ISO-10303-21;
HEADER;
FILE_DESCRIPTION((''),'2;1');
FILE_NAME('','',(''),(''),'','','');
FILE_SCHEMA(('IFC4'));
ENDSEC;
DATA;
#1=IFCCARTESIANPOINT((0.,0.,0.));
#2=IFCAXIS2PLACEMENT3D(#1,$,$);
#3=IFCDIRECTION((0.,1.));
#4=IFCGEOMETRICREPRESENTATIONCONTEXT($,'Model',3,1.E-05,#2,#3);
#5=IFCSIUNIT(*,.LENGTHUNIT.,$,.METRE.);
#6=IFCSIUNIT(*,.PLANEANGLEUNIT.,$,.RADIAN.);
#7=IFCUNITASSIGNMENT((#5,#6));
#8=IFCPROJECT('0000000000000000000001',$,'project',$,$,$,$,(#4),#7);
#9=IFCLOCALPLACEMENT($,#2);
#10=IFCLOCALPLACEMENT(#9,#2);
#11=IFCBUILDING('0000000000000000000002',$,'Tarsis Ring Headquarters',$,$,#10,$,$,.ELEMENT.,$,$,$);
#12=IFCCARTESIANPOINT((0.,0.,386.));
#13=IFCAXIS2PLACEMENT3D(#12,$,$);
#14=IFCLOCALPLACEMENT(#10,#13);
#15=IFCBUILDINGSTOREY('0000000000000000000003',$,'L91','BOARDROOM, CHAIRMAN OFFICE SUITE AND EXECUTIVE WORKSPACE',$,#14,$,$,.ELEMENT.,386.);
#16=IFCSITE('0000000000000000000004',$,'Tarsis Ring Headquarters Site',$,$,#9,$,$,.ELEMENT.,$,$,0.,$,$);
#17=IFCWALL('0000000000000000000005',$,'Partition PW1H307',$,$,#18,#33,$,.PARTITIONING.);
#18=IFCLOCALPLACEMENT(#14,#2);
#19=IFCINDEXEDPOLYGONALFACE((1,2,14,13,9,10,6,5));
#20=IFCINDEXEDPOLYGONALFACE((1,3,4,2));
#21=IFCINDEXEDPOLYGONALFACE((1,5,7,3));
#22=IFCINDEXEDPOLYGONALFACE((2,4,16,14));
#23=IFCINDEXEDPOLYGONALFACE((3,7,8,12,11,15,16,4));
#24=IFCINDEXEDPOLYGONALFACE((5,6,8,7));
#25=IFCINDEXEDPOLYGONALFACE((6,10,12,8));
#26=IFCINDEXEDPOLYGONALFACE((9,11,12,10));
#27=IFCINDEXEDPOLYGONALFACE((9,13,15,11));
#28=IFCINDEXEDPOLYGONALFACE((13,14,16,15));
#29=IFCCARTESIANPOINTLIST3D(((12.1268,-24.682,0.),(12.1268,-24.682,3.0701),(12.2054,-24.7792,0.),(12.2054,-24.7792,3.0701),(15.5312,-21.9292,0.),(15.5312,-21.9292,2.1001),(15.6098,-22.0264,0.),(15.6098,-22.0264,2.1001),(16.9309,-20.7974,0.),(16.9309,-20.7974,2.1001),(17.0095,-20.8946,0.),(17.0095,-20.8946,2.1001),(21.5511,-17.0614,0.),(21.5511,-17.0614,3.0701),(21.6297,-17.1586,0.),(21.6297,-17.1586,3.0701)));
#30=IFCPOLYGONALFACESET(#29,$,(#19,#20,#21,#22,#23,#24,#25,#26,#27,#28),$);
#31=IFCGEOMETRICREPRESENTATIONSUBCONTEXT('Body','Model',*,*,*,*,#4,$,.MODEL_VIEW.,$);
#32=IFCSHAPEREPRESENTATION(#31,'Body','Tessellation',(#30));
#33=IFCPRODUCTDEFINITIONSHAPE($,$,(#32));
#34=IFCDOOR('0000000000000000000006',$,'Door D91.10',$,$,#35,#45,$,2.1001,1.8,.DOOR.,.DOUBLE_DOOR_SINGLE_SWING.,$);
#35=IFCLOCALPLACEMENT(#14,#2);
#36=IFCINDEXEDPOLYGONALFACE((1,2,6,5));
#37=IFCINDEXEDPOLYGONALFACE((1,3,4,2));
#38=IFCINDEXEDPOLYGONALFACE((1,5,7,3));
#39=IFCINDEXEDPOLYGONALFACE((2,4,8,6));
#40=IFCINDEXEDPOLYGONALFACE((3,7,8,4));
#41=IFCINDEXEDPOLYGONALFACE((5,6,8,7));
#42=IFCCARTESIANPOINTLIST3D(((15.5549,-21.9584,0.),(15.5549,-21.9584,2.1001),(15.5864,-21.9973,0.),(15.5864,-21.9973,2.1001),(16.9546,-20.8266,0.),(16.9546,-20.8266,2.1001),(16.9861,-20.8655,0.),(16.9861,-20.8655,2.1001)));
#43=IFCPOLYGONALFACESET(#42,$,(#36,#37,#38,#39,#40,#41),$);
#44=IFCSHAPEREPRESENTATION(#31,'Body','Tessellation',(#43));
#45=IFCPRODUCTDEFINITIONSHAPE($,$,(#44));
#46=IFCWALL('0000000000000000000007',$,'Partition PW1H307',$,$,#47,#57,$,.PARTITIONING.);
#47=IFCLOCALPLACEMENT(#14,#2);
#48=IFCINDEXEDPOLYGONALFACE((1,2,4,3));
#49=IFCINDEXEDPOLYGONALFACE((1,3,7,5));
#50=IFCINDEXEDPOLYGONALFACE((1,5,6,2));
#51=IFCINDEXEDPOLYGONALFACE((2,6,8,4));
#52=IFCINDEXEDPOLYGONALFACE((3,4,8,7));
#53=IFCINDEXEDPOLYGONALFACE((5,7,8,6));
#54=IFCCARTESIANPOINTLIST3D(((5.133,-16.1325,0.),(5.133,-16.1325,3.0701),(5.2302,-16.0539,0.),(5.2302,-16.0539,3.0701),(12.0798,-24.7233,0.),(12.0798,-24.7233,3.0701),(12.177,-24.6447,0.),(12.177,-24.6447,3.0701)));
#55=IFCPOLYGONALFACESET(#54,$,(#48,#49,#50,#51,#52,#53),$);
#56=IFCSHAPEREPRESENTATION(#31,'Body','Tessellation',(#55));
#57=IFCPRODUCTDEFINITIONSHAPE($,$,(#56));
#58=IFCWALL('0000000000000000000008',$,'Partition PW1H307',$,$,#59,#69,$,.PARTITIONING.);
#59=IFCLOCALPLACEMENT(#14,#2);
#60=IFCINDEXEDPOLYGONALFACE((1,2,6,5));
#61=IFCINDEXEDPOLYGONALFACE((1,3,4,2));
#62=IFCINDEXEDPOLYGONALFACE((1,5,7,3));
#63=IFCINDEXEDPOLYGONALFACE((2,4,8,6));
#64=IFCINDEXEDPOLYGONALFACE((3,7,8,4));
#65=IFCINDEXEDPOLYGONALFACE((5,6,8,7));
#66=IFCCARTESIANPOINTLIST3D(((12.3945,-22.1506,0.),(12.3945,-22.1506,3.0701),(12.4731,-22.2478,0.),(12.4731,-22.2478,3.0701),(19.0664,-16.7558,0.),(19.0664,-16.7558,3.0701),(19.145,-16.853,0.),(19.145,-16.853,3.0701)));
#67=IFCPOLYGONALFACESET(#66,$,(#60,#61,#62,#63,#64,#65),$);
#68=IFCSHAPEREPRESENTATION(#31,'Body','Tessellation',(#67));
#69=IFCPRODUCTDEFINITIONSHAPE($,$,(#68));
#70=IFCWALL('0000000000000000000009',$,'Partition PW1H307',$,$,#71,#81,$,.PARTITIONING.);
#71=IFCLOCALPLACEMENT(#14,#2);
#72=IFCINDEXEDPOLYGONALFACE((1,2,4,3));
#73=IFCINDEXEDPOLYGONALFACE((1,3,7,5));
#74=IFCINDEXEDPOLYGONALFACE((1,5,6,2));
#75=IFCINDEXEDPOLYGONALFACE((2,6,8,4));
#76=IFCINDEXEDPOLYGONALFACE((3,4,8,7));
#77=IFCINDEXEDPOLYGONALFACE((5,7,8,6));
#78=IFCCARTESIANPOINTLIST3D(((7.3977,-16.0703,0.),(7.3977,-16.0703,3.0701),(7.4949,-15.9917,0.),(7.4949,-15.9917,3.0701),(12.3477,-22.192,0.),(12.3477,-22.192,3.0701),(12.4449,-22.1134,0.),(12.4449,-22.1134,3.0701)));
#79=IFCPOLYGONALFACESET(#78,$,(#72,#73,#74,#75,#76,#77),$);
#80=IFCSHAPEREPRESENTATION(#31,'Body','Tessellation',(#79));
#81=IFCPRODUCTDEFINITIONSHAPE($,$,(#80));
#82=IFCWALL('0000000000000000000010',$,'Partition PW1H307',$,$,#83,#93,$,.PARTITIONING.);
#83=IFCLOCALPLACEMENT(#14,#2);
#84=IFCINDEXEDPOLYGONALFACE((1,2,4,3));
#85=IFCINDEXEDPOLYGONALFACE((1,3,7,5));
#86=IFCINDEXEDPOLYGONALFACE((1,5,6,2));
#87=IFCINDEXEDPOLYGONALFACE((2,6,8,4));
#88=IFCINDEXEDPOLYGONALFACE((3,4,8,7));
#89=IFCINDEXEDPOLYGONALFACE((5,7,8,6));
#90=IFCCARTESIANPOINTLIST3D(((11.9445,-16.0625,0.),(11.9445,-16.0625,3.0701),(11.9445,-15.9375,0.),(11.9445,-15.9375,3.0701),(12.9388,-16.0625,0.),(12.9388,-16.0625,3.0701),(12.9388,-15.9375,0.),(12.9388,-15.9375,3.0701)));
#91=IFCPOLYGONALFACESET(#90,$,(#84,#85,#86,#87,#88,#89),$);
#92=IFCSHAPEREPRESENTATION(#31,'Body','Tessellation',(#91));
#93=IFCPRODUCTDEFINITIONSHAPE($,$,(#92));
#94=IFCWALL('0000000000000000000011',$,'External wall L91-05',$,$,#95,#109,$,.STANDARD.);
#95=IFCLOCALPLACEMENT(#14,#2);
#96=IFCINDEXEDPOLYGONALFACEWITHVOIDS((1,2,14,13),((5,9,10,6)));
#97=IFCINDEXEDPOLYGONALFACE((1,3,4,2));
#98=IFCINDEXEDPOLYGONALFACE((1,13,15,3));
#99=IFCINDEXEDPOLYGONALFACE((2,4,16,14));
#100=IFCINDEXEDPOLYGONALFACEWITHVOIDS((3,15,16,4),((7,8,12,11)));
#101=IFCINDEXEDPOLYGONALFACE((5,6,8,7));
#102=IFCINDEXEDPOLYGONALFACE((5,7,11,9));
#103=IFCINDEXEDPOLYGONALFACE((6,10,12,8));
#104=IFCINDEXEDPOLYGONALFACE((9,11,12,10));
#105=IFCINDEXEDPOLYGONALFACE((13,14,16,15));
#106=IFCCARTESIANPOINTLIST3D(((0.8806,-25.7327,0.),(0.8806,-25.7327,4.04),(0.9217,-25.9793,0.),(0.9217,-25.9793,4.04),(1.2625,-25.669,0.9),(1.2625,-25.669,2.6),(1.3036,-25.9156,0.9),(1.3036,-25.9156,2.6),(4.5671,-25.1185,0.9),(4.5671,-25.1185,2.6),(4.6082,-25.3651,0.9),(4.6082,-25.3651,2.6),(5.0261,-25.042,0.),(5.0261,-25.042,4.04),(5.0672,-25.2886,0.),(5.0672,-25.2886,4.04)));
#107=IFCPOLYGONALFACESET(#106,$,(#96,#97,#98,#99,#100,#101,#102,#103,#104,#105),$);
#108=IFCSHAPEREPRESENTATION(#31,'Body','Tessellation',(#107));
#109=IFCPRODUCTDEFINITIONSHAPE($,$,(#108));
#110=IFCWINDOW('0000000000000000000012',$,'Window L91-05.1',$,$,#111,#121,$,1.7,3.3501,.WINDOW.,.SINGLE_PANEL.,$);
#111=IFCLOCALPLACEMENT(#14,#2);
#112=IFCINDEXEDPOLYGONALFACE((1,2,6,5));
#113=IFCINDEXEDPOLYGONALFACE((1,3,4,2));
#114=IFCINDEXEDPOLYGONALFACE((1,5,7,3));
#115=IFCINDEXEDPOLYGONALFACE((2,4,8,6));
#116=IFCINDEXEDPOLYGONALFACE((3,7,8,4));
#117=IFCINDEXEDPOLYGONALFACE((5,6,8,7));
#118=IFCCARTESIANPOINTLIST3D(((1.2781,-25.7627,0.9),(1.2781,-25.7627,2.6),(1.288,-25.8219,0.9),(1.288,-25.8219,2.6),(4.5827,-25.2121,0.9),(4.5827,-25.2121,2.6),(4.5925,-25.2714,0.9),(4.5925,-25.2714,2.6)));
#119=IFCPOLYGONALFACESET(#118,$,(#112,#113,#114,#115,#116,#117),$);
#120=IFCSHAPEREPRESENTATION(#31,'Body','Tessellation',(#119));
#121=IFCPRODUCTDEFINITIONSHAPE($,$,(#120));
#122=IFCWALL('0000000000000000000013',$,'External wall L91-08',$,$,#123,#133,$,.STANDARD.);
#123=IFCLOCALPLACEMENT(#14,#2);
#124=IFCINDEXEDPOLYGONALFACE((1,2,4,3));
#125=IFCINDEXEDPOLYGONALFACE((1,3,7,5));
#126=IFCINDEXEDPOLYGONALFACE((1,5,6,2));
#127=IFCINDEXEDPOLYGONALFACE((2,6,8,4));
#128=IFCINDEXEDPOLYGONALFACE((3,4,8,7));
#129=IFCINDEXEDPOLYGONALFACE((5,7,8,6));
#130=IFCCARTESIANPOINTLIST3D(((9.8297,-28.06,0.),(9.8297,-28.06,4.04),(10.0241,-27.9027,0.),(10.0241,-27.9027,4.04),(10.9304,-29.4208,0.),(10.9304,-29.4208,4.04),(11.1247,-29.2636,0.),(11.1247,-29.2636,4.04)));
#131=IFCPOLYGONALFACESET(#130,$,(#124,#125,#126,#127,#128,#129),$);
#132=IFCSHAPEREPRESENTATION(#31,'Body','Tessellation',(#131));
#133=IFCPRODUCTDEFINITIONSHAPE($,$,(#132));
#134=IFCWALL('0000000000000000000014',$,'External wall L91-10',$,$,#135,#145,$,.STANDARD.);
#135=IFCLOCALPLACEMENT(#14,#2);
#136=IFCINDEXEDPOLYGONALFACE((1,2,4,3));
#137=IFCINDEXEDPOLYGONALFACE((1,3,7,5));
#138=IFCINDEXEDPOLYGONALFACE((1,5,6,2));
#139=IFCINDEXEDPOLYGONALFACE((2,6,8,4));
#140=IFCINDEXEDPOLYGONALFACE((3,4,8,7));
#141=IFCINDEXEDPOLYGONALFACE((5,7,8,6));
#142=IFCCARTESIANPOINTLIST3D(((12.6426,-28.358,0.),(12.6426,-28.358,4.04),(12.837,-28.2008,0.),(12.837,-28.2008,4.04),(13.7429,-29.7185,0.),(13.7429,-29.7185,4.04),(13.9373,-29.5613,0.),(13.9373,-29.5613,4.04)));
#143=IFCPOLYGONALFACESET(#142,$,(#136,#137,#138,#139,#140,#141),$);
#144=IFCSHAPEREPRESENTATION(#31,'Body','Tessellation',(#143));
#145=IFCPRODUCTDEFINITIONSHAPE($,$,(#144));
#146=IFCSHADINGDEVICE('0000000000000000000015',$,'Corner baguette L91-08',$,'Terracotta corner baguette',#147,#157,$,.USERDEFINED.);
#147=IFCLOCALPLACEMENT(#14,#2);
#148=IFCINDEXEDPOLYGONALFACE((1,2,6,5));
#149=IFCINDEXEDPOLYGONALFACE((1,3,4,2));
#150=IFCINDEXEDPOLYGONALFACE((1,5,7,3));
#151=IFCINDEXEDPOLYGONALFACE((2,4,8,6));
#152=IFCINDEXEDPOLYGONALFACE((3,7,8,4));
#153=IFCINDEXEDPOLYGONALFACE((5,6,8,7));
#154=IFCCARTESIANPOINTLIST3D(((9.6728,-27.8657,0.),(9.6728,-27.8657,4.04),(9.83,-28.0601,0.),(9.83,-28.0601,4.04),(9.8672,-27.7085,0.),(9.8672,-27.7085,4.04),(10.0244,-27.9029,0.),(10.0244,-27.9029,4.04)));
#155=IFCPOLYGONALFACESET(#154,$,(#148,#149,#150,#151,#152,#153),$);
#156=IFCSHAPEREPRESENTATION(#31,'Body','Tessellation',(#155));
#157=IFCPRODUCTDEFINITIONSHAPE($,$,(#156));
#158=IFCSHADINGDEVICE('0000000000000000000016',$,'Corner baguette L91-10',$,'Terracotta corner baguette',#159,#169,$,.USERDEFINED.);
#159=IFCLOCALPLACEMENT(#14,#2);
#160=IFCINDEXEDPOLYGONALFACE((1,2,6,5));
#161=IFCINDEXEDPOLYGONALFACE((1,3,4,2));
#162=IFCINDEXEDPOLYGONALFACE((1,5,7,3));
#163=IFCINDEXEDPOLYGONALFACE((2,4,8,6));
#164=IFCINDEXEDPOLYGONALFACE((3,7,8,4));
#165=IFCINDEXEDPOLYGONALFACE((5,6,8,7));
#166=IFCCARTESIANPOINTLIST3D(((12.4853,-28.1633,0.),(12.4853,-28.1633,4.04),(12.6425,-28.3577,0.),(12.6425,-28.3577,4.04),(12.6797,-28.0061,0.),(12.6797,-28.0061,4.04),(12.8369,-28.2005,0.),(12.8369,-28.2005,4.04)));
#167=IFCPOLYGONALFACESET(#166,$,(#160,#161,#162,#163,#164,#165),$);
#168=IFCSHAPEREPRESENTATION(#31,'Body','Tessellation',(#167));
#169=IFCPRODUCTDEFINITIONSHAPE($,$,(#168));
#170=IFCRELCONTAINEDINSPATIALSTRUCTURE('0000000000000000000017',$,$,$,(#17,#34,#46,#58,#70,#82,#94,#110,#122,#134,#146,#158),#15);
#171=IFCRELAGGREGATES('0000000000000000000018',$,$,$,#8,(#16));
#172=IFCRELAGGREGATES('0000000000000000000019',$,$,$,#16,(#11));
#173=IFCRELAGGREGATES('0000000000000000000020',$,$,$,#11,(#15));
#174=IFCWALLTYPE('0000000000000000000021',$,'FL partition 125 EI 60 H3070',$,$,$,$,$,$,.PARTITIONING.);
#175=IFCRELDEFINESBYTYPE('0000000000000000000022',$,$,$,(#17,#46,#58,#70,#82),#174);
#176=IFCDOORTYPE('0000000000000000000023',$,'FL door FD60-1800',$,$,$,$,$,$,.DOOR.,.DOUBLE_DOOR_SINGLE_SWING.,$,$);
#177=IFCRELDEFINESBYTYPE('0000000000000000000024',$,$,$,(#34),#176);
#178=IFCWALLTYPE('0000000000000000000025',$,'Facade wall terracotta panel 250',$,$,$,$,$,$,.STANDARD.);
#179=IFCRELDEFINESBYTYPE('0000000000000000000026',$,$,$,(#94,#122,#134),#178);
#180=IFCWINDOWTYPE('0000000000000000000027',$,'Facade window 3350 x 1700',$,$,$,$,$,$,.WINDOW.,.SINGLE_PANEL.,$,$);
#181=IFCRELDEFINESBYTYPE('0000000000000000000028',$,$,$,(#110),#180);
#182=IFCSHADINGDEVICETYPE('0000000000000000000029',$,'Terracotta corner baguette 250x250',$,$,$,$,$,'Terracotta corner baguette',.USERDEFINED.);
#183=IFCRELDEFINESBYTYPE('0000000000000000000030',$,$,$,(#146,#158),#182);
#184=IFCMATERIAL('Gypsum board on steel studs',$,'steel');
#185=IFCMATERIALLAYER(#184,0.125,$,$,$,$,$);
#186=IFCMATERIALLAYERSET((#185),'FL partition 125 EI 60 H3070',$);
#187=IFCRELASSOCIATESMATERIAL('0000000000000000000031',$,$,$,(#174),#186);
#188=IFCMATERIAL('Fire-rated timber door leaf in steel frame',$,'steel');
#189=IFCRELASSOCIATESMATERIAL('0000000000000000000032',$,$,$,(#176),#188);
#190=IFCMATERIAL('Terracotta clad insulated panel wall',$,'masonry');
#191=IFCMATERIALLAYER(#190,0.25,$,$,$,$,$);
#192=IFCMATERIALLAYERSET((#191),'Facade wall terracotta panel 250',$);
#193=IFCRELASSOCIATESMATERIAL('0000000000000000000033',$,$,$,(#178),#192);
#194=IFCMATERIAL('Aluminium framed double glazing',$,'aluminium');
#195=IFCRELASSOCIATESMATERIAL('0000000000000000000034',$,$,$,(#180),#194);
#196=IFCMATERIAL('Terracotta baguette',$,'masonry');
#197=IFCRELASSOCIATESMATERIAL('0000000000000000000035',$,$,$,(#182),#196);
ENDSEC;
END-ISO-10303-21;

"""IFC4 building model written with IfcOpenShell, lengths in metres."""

from ifc_helpers import new_model, si_unit, direction, frame, frame_2d, origin, origin_2d, place, context, subcontext, project, spatial, rectangle, extrude, material, layer, layer_set, type_object, element, fill, save


model = new_model("IFC4")

# Units and contexts
model_context = context("Model", 3, precision=1e-05, world=origin(), true_north=direction((0.0, 1.0)))
body_context = subcontext(model_context, "Body", "Model", "MODEL_VIEW")
ifc_project = project(units=[si_unit("LENGTHUNIT", "METRE"), si_unit("PLANEANGLEUNIT", "RADIAN")], contexts=[model_context])

# Site, building, storey
site_placement = place(None, origin())
site = spatial("IfcSite", under=ifc_project, at=site_placement, Name="Tarsis Ring Headquarters Site", CompositionType="ELEMENT", RefElevation=0.0)
building_placement = place(site_placement, origin())
building = spatial("IfcBuilding", under=site, at=building_placement, Name="Tarsis Ring Headquarters", CompositionType="ELEMENT")
storey_placement = place(building_placement, frame((0.0, 0.0, 386.0)))
storey = spatial("IfcBuildingStorey", under=building, at=storey_placement, Name="L91", Description="BOARDROOM, CHAIRMAN OFFICE SUITE AND EXECUTIVE WORKSPACE", CompositionType="ELEMENT", Elevation=386.0)

# Shared definitions
ifc_material_1 = material(Name="Gypsum board on steel studs", Category="steel")

# Wall, opening, door
ifc_layer_1 = layer(ifc_material_1, 0.125)
ifc_layer_set_1 = layer_set([ifc_layer_1], Name="FL partition 125 EI 60 H3070")
wall_type_1 = type_object("IfcWallType", Name="FL partition 125 EI 60 H3070", PredefinedType="PARTITIONING", material=ifc_layer_set_1)
wall_1_placement = place(storey_placement, frame((12.166, -24.7307, 0.0), z_axis=(0.0, 0.0, 1.0), x_axis=(0.777592, 0.628769, 0.0)))
wall_1 = element("IfcWall", 1, at=wall_1_placement, inside=storey, type_object=wall_type_1, Name="Partition PW1H307", PredefinedType="PARTITIONING", context=body_context, shape_type="SweptSolid", body=[
    extrude(rectangle(XDim=12.1199, YDim=0.125, at=frame_2d((6.0601, 0.0))), origin(), (0.0, 0.0, 1.0), 3.0701),
])
opening_1_placement = place(wall_1_placement, frame((4.3784, 0.0, 0.0)))
opening_1 = element("IfcOpeningElement", 2, at=opening_1_placement, cuts=wall_1, PredefinedType="OPENING", context=body_context, shape_type="SweptSolid", body=[
    extrude(rectangle(XDim=1.8, YDim=2.1001, at=frame_2d((0.8999, 1.05))), frame((0.0, 0.0725, 0.0), z_axis=(0.0, -1.0, 0.0), x_axis=(1.0, 0.0, 0.0)), (0.0, 0.0, 1.0), 0.145),
])
ifc_material_2 = material(Name="Fire-rated timber door leaf in steel frame", Category="steel")
door_type = type_object("IfcDoorType", Name="FL door FD60-1800", OperationType="DOUBLE_DOOR_SINGLE_SWING", PredefinedType="DOOR", material=ifc_material_2)
door_placement = place(opening_1_placement, origin())
door = element("IfcDoor", 3, at=door_placement, inside=storey, type_object=door_type, Name="Door D91.10", OperationType="DOUBLE_DOOR_SINGLE_SWING", OverallHeight=2.1001, OverallWidth=1.8, PredefinedType="DOOR", context=body_context, shape_type="SweptSolid", body=[
    extrude(rectangle(XDim=1.8, YDim=2.1001, at=frame_2d((0.8999, 1.05))), frame((0.0, 0.0249, 0.0), z_axis=(0.0, -1.0, 0.0), x_axis=(1.0, 0.0, 0.0)), (0.0, 0.0, 1.0), 0.05),
])
fill(opening_1, door)

# Walls
wall_2_placement = place(storey_placement, frame((5.1816, -16.0933, 0.0), z_axis=(0.0, 0.0, 1.0), x_axis=(0.628777, -0.777585, 0.0)))
element("IfcWall", 4, at=wall_2_placement, inside=storey, type_object=wall_type_1, Name="Partition PW1H307", PredefinedType="PARTITIONING", context=body_context, shape_type="SweptSolid", body=[
    extrude(rectangle(XDim=11.0481, YDim=0.125, at=frame_2d((5.5239, 0.0))), origin(), (0.0, 0.0, 1.0), 3.0701),
])
wall_3_placement = place(storey_placement, frame((12.4338, -22.1992, 0.0), z_axis=(0.0, 0.0, 1.0), x_axis=(0.777602, 0.628757, 0.0)))
element("IfcWall", 5, at=wall_3_placement, inside=storey, type_object=wall_type_1, Name="Partition PW1H307", PredefinedType="PARTITIONING", context=body_context, shape_type="SweptSolid", body=[
    extrude(rectangle(XDim=8.5801, YDim=0.125, at=frame_2d((4.29, 0.0))), origin(), (0.0, 0.0, 1.0), 3.0701),
])
wall_4_placement = place(storey_placement, frame((7.4463, -16.031, 0.0), z_axis=(0.0, 0.0, 1.0), x_axis=(0.628767, -0.777594, 0.0)))
element("IfcWall", 6, at=wall_4_placement, inside=storey, type_object=wall_type_1, Name="Partition PW1H307", PredefinedType="PARTITIONING", context=body_context, shape_type="SweptSolid", body=[
    extrude(rectangle(XDim=7.8726, YDim=0.125, at=frame_2d((3.9363, 0.0))), origin(), (0.0, 0.0, 1.0), 3.0701),
])
wall_5_placement = place(storey_placement, frame((11.9446, -16.0, 0.0), z_axis=(0.0, 0.0, 1.0), x_axis=(1.0, 0.0, 0.0)))
element("IfcWall", 7, at=wall_5_placement, inside=storey, type_object=wall_type_1, Name="Partition PW1H307", PredefinedType="PARTITIONING", context=body_context, shape_type="SweptSolid", body=[
    extrude(rectangle(XDim=0.9944, YDim=0.125, at=frame_2d((0.4971, 0.0))), origin(), (0.0, 0.0, 1.0), 3.0701),
])

# Wall, opening, window
ifc_material_3 = material(Name="Terracotta clad insulated panel wall", Category="masonry")
ifc_layer_2 = layer(ifc_material_3, 0.25)
ifc_layer_set_2 = layer_set([ifc_layer_2], Name="Facade wall terracotta panel 250")
wall_type_2 = type_object("IfcWallType", Name="Facade wall terracotta panel 250", PredefinedType="STANDARD", material=ifc_layer_set_2)
wall_6_placement = place(storey_placement, frame((0.9011, -25.856, 0.0), z_axis=(0.0, 0.0, 1.0), x_axis=(0.986403, 0.164342, 0.0)))
wall_6 = element("IfcWall", 8, at=wall_6_placement, inside=storey, type_object=wall_type_2, Name="External wall L91-05", PredefinedType="STANDARD", context=body_context, shape_type="SweptSolid", body=[
    extrude(rectangle(XDim=4.2026, YDim=0.25, at=frame_2d((2.1013, 0.0))), origin(), (0.0, 0.0, 1.0), 4.04),
])
opening_2_placement = place(wall_6_placement, frame((0.3872, 0.0, 0.8999)))
opening_2 = element("IfcOpeningElement", 9, at=opening_2_placement, cuts=wall_6, PredefinedType="OPENING", context=body_context, shape_type="SweptSolid", body=[
    extrude(rectangle(XDim=3.3501, YDim=1.7, at=frame_2d((1.675, 0.8501))), frame((0.0, 0.135, 0.0), z_axis=(0.0, -1.0, 0.0), x_axis=(1.0, 0.0, 0.0)), (0.0, 0.0, 1.0), 0.27),
])
ifc_material_4 = material(Name="Aluminium framed double glazing", Category="aluminium")
window_type = type_object("IfcWindowType", Name="Facade window 3350 x 1700", PartitioningType="SINGLE_PANEL", PredefinedType="WINDOW", material=ifc_material_4)
window_placement = place(opening_2_placement, origin())
window = element("IfcWindow", 10, at=window_placement, inside=storey, type_object=window_type, Name="Window L91-05.1", OverallHeight=1.7, OverallWidth=3.3501, PartitioningType="SINGLE_PANEL", PredefinedType="WINDOW", context=body_context, shape_type="SweptSolid", body=[
    extrude(rectangle(XDim=3.3501, YDim=1.7, at=frame_2d((1.675, 0.8501))), frame((0.0, 0.03, 0.0), z_axis=(0.0, -1.0, 0.0), x_axis=(1.0, 0.0, 0.0)), (0.0, 0.0, 1.0), 0.0601),
])
fill(opening_2, window)

# Walls
wall_7_placement = place(storey_placement, frame((9.927, -27.9814, 0.0), z_axis=(0.0, 0.0, 1.0), x_axis=(0.628837, -0.777537, 0.0)))
element("IfcWall", 11, at=wall_7_placement, inside=storey, type_object=wall_type_2, Name="External wall L91-08", PredefinedType="STANDARD", context=body_context, shape_type="SweptSolid", body=[
    extrude(rectangle(XDim=1.7502, YDim=0.25, at=frame_2d((0.875, 0.0))), origin(), (0.0, 0.0, 1.0), 4.04),
])
wall_8_placement = place(storey_placement, frame((12.7397, -28.2793, 0.0), z_axis=(0.0, 0.0, 1.0), x_axis=(0.628821, -0.77755, 0.0)))
element("IfcWall", 12, at=wall_8_placement, inside=storey, type_object=wall_type_2, Name="External wall L91-10", PredefinedType="STANDARD", context=body_context, shape_type="SweptSolid", body=[
    extrude(rectangle(XDim=1.7498, YDim=0.25, at=frame_2d((0.875, 0.0))), origin(), (0.0, 0.0, 1.0), 4.04),
])

# Shading devices
ifc_material_5 = material(Name="Terracotta baguette", Category="masonry")
shading_device_type = type_object("IfcShadingDeviceType", Name="Terracotta corner baguette 250x250", ElementType="Terracotta corner baguette", PredefinedType="USERDEFINED", material=ifc_material_5)
for number, where, z_axis, x_axis, name in (
    (13, (9.8486, -27.8843, 0.0), (0.0, 0.0, 1.0), (0.777585, 0.628777, 0.0), "Corner baguette L91-08"),
    (14, (12.6611, -28.1819, 0.0), (0.0, 0.0, 1.0), (0.777585, 0.628778, 0.0), "Corner baguette L91-10"),
):
    element("IfcShadingDevice", number, at=place(storey_placement, frame(where, z_axis=z_axis, x_axis=x_axis)), inside=storey, type_object=shading_device_type, Name=name, ObjectType="Terracotta corner baguette", PredefinedType="USERDEFINED", context=body_context, shape_type="SweptSolid", body=[
        extrude(rectangle(XDim=0.25, YDim=0.25, at=origin_2d()), origin(), (0.0, 0.0, 1.0), 4.04),
    ])

save(model, "model.ifc")
